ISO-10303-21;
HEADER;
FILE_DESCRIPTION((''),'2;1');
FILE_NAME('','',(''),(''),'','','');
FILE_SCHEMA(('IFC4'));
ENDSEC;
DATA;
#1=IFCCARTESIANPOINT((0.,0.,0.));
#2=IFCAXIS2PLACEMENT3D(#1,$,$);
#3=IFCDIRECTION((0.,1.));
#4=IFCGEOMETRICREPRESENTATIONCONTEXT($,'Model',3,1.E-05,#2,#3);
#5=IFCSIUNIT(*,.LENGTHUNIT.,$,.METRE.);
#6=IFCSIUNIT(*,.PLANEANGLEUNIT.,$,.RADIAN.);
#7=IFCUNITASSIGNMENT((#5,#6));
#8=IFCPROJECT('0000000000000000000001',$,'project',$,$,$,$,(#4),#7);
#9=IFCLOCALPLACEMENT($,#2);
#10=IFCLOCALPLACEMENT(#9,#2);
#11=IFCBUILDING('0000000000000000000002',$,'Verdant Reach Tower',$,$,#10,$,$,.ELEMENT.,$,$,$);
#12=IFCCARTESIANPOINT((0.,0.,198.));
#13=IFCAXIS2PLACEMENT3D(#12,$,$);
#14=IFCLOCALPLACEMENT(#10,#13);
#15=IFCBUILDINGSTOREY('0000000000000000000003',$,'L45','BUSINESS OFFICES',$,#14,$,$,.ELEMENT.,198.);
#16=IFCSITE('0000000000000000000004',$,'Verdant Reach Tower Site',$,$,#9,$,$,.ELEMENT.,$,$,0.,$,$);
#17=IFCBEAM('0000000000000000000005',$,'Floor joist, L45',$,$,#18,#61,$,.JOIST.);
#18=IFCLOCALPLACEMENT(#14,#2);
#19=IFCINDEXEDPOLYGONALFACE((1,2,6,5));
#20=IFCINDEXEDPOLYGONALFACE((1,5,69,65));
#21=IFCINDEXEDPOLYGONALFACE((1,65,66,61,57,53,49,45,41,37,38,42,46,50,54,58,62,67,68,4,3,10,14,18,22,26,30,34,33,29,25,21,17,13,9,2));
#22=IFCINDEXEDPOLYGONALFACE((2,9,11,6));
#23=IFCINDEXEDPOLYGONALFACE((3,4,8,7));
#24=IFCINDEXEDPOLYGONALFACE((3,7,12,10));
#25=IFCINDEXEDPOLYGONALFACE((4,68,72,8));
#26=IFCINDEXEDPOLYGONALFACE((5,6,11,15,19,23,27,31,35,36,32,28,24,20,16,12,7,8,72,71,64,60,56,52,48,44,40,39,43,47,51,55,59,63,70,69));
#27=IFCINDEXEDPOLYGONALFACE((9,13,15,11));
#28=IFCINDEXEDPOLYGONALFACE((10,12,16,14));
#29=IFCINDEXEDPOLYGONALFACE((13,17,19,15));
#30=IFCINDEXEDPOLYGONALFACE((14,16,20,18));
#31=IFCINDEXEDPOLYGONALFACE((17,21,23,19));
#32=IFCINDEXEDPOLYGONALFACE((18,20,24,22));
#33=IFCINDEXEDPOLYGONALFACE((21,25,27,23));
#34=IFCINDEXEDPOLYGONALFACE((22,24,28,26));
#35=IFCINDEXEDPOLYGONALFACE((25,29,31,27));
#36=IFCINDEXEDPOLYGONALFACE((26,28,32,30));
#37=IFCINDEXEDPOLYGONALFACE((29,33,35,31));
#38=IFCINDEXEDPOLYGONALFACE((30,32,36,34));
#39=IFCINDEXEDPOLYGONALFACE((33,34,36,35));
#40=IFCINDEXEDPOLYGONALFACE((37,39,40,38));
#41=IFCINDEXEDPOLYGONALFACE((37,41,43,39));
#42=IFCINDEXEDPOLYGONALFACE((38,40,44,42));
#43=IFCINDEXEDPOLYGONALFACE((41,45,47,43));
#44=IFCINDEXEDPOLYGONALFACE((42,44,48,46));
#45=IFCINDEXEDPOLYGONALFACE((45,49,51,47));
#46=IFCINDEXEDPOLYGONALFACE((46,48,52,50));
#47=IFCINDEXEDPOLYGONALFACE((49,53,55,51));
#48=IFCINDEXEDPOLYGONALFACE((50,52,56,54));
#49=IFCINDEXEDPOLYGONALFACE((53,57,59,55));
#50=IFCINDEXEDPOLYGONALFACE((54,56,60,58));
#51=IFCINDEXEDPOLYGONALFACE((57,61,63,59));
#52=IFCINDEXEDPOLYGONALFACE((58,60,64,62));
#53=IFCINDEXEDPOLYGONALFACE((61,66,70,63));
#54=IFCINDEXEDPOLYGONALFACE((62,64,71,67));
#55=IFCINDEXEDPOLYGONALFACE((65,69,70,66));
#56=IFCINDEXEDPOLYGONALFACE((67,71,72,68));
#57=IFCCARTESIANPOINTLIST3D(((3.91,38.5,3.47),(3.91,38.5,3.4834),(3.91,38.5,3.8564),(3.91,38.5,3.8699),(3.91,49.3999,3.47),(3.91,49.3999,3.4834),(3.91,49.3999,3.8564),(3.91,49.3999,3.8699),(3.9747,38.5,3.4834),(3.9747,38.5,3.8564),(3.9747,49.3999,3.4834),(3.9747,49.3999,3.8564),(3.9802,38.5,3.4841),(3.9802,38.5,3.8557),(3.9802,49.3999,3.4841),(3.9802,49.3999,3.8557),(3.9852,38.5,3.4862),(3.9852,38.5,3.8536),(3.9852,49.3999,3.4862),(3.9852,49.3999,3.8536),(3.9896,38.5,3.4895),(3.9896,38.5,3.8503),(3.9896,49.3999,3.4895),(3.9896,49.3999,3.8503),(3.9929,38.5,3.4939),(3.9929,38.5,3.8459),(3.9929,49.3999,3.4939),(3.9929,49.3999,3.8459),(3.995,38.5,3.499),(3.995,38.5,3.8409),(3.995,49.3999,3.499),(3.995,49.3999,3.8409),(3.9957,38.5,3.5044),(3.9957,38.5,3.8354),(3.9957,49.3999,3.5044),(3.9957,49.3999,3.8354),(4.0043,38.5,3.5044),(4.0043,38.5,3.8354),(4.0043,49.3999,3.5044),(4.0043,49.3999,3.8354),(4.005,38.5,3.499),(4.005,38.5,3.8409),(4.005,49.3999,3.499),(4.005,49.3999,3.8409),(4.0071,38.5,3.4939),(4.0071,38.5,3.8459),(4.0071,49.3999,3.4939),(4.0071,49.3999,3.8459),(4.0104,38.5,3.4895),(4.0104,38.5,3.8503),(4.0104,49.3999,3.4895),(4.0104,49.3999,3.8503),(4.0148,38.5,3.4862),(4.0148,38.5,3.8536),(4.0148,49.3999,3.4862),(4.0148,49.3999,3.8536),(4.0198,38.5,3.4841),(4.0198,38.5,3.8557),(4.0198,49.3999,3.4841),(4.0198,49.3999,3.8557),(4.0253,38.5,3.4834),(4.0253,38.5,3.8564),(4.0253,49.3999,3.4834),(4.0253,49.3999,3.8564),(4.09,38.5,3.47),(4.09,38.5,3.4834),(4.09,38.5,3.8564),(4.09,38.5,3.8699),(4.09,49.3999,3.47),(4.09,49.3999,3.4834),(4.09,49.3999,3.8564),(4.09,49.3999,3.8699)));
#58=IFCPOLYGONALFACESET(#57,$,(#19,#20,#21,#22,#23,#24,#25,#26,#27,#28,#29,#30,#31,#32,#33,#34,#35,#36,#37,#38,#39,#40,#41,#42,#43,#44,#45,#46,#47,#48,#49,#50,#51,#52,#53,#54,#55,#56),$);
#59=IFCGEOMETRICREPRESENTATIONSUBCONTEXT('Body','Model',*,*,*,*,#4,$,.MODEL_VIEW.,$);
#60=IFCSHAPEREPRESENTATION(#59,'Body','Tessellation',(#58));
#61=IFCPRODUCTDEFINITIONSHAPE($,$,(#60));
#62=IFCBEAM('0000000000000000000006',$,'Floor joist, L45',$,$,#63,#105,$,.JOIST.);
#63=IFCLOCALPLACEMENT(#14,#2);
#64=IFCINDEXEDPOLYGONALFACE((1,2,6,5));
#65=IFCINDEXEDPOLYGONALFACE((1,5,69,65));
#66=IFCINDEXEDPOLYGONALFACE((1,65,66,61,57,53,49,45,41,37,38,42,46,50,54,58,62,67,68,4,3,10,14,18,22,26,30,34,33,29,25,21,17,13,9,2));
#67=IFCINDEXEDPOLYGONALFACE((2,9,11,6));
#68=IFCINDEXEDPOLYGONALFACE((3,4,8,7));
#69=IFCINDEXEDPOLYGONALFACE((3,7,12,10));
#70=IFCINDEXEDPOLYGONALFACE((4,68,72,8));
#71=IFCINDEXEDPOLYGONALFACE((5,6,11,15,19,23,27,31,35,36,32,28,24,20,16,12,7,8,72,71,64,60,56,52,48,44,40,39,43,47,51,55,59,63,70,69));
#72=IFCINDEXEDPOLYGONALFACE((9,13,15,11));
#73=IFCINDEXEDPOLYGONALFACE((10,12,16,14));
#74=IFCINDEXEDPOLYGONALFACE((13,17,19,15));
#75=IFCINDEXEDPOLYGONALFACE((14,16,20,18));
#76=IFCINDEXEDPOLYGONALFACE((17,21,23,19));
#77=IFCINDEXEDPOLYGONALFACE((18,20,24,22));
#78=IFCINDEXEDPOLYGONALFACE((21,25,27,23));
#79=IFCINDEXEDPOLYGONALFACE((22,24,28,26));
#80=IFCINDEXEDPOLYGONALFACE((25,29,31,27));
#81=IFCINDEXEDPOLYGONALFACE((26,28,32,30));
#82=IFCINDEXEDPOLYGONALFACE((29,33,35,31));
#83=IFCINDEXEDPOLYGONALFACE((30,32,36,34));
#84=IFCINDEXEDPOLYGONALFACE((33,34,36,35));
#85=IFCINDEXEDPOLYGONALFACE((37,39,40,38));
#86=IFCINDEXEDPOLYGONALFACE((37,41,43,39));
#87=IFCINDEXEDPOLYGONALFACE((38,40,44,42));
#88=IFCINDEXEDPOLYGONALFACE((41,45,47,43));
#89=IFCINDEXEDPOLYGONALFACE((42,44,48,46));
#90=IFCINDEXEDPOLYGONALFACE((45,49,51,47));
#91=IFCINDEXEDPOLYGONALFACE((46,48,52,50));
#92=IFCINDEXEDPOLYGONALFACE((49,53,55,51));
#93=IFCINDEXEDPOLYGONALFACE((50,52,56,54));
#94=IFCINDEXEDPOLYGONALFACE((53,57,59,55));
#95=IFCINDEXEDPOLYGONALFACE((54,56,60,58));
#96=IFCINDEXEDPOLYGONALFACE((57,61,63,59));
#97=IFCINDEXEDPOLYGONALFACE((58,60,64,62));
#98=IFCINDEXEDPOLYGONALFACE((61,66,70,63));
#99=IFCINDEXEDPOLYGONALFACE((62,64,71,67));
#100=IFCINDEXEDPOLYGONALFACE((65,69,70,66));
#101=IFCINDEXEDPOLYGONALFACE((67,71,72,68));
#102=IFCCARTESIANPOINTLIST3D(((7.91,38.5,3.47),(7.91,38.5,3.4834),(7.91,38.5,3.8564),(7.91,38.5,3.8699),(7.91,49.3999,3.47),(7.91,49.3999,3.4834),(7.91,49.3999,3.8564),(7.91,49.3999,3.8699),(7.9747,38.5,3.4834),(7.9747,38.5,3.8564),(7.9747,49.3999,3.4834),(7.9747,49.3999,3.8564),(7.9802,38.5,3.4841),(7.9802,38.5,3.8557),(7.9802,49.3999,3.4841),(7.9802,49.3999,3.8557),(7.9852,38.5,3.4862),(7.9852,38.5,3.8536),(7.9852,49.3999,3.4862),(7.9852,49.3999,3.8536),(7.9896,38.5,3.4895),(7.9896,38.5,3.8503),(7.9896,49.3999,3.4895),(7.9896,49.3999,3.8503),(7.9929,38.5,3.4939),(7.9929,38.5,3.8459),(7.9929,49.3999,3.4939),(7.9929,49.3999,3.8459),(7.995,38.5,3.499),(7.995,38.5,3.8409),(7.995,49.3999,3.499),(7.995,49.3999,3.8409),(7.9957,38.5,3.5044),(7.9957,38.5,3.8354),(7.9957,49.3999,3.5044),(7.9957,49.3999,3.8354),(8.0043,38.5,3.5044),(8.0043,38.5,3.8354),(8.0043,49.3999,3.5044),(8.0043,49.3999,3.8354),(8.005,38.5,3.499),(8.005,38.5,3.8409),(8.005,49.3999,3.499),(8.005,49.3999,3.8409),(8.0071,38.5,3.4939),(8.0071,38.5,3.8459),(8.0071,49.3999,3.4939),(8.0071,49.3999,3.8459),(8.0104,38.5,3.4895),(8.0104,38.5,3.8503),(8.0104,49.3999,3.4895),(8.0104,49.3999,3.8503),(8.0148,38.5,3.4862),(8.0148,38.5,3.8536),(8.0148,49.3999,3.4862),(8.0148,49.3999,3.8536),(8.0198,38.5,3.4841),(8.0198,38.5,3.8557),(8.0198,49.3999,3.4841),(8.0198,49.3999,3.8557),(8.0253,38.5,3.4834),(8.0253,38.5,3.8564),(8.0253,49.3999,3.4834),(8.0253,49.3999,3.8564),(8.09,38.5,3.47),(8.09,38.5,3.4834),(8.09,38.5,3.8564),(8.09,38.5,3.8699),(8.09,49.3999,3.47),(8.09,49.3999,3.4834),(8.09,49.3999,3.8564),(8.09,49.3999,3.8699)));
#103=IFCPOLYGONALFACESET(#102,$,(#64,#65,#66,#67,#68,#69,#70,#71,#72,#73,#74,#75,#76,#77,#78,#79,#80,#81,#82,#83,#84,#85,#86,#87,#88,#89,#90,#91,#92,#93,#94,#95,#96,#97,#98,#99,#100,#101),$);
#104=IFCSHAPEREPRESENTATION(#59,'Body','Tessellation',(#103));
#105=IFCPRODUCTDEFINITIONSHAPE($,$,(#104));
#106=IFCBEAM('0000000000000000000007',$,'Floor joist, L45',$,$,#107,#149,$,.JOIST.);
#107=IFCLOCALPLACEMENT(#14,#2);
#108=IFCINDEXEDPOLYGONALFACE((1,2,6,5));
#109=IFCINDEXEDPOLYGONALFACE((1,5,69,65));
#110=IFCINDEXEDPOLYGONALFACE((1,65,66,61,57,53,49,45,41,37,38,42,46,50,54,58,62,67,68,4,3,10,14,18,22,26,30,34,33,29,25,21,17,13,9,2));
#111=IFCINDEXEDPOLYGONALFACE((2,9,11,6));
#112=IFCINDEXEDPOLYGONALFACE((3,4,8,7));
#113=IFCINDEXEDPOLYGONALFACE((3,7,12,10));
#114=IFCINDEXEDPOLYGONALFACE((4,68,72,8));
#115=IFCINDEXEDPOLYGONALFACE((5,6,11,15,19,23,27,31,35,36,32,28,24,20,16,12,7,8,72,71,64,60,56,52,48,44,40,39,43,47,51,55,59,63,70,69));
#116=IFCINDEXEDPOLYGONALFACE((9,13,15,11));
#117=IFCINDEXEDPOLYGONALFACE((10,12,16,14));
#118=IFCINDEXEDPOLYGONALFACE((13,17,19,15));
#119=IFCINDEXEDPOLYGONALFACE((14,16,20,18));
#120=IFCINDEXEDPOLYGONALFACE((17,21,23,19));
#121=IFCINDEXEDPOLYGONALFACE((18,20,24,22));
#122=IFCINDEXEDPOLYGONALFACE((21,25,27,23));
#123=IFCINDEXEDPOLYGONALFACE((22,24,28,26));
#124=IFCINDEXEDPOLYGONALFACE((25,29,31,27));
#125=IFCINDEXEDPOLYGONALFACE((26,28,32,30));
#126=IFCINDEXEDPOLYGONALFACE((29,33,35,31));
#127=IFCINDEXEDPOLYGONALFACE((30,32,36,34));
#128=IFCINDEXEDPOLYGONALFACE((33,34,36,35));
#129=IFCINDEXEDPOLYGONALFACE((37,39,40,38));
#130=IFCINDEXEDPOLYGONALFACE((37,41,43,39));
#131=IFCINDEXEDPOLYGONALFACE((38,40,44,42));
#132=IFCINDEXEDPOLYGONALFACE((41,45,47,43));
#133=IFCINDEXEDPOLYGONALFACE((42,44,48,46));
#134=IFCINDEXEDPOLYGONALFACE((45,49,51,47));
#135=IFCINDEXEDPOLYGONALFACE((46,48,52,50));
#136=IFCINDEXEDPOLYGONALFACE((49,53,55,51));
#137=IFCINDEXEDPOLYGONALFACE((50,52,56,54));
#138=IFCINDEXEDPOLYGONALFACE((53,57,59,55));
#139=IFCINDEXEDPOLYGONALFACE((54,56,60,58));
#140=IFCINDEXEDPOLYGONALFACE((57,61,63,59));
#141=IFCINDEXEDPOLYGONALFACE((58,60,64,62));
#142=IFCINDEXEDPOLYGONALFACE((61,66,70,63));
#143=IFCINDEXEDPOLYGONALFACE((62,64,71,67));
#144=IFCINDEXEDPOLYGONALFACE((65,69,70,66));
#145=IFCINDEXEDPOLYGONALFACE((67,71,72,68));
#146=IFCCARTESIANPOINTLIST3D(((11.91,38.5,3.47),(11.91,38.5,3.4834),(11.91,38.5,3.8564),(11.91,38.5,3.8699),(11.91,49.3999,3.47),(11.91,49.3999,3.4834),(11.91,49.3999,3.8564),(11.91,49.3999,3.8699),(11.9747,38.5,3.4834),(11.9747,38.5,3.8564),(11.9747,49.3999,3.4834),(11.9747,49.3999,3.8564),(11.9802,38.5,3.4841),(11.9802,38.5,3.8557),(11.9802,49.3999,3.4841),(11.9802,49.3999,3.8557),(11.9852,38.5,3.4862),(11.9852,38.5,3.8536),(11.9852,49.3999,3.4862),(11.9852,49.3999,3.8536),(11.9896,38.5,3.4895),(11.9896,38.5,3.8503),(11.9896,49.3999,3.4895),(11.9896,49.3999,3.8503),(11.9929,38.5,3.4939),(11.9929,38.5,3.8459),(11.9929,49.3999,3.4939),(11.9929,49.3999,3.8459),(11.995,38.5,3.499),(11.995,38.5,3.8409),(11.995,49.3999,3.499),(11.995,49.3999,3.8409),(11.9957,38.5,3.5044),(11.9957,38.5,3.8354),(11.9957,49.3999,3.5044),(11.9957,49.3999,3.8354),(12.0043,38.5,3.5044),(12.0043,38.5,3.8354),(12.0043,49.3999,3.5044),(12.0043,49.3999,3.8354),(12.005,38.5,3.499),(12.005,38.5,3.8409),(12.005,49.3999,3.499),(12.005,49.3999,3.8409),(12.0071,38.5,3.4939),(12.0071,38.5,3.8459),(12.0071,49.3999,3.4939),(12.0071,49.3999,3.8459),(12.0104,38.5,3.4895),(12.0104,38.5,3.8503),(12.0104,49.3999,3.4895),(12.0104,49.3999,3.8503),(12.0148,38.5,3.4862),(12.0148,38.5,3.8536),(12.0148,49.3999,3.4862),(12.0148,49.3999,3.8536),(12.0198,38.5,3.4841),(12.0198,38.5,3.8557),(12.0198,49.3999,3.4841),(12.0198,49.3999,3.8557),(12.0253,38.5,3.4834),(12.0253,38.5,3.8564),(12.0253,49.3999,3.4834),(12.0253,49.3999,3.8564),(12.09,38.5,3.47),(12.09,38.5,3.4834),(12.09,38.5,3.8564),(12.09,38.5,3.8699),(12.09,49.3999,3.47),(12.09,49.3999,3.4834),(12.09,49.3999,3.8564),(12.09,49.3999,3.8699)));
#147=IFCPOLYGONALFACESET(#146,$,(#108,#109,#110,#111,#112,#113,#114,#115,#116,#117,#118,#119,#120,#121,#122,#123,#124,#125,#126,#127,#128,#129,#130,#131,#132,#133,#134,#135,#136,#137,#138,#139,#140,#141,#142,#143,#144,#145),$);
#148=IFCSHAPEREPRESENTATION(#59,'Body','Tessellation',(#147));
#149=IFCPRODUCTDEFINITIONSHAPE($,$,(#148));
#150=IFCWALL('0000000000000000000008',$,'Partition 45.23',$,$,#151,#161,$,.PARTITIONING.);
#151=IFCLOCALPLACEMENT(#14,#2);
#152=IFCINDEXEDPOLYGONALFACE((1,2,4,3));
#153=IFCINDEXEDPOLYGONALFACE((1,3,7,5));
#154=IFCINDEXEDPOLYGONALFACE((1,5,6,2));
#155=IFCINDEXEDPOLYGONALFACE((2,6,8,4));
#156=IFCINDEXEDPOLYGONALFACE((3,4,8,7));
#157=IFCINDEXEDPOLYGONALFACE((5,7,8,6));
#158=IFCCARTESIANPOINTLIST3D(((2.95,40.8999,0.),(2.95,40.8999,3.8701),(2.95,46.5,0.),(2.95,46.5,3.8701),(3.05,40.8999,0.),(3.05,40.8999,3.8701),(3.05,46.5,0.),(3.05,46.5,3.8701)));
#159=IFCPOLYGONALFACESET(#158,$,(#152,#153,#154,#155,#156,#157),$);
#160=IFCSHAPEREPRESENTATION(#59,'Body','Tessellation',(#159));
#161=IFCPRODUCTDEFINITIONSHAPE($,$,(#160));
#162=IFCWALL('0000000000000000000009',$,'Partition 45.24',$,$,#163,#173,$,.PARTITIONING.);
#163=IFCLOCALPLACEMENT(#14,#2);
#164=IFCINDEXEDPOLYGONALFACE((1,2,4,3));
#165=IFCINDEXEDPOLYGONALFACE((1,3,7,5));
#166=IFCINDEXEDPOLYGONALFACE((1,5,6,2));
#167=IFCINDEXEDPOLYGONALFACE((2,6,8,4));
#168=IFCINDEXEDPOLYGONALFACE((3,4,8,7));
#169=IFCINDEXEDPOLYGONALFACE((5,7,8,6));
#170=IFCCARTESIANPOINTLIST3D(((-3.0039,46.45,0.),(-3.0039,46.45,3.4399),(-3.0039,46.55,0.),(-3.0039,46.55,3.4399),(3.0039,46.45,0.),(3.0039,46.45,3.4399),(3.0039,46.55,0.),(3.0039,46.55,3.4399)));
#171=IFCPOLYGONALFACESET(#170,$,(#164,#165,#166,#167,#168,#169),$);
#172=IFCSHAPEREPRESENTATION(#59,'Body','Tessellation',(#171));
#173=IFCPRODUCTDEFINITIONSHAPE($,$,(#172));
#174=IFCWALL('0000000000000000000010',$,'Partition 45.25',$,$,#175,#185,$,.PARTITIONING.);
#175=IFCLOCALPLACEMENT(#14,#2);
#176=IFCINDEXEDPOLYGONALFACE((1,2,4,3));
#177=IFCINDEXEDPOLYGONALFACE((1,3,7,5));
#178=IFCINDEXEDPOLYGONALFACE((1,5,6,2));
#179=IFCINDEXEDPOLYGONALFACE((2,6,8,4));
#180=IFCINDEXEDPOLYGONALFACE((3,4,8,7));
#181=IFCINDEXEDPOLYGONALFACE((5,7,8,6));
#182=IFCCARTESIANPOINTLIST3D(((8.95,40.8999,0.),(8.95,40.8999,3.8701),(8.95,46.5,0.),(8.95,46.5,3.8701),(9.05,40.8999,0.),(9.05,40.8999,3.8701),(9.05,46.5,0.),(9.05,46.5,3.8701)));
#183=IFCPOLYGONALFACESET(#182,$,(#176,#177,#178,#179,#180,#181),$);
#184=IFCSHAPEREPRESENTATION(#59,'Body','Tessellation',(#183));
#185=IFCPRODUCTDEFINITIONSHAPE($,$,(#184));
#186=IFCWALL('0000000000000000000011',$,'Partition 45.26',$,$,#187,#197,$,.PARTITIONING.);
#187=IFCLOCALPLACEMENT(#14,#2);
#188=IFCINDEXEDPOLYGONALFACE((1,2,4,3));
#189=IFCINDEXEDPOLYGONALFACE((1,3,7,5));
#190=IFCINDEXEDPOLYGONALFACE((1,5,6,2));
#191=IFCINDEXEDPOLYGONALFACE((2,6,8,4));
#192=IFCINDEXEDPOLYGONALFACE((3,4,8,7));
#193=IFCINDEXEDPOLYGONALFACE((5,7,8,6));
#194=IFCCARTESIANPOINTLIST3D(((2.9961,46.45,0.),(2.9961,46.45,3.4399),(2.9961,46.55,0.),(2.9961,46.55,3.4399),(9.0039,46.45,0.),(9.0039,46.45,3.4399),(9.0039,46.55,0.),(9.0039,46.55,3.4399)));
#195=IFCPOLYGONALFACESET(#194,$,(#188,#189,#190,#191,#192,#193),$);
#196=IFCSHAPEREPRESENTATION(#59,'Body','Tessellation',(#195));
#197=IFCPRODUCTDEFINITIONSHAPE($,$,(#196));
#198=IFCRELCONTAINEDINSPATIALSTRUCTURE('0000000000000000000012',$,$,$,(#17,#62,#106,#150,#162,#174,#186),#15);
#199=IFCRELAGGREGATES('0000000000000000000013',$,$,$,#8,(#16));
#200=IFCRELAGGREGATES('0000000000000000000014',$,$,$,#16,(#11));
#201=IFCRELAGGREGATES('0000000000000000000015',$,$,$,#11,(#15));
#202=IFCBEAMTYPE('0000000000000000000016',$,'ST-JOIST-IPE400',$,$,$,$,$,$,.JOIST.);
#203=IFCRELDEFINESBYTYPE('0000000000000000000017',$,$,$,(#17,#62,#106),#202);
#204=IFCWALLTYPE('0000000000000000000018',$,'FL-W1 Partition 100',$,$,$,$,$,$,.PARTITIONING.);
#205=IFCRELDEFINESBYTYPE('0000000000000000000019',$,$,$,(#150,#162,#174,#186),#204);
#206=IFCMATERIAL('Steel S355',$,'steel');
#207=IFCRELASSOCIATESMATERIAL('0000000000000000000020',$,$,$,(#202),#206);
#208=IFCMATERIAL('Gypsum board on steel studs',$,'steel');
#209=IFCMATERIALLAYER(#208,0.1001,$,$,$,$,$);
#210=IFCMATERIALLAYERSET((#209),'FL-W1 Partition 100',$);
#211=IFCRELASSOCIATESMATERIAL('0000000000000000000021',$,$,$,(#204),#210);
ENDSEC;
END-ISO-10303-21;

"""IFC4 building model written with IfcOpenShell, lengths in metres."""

from ifc_helpers import new_model, si_unit, direction, frame, frame_2d, origin, origin_2d, place, context, subcontext, project, spatial, rectangle, i_section, extrude, material, layer, layer_set, material_profile, profile_set, type_object, element, save


model = new_model("IFC4")

# Units and contexts
model_context = context("Model", 3, precision=1e-05, world=origin(), true_north=direction((0.0, 1.0)))
body_context = subcontext(model_context, "Body", "Model", "MODEL_VIEW")
ifc_project = project(units=[si_unit("LENGTHUNIT", "METRE"), si_unit("PLANEANGLEUNIT", "RADIAN")], contexts=[model_context])

# Site, building, storey
site_placement = place(None, origin())
site = spatial("IfcSite", under=ifc_project, at=site_placement, Name="Verdant Reach Tower Site", CompositionType="ELEMENT", RefElevation=0.0)
building_placement = place(site_placement, origin())
building = spatial("IfcBuilding", under=site, at=building_placement, Name="Verdant Reach Tower", CompositionType="ELEMENT")
storey_placement = place(building_placement, frame((0.0, 0.0, 198.0)))
storey = spatial("IfcBuildingStorey", under=building, at=storey_placement, Name="L45", Description="BUSINESS OFFICES", CompositionType="ELEMENT", Elevation=198.0)

# Beams
ifc_material_1 = material(Name="Steel S355", Category="steel")
ifc_material_profile_1 = material_profile(ifc_material_1, i_section(OverallWidth=0.1799, OverallDepth=0.3999, WebThickness=0.0085, FlangeThickness=0.0134, FilletRadius=0.021, at=origin_2d()), Name="IPE 400")
ifc_profile_set_1 = profile_set([ifc_material_profile_1], Name="Steel S355")
beam_type_1 = type_object("IfcBeamType", Name="ST-JOIST-IPE400", PredefinedType="JOIST", material=ifc_profile_set_1)
for number, where, z_axis, x_axis, name in (
    (1, (4.0, 38.5, 3.6699), (0.0, 1.0, 0.0), (-1.0, 0.0, 0.0), "Floor joist, L45"),
    (2, (8.0, 38.5, 3.6699), (0.0, 1.0, 0.0), (-1.0, 0.0, 0.0), "Floor joist, L45"),
    (3, (12.0, 38.5, 3.6699), (0.0, 1.0, 0.0), (-1.0, 0.0, 0.0), "Floor joist, L45"),
):
    element("IfcBeam", number, at=place(storey_placement, frame(where, z_axis=z_axis, x_axis=x_axis)), inside=storey, type_object=beam_type_1, Name=name, PredefinedType="JOIST", context=body_context, shape_type="SweptSolid", body=[
        extrude(i_section(OverallWidth=0.1799, OverallDepth=0.3999, WebThickness=0.0085, FlangeThickness=0.0134, FilletRadius=0.021, at=origin_2d()), origin(), (0.0, 0.0, 1.0), 10.8999),
    ])

# Walls
ifc_material_2 = material(Name="Gypsum board on steel studs", Category="steel")
ifc_layer_1 = layer(ifc_material_2, 0.1001)
ifc_layer_set_1 = layer_set([ifc_layer_1], Name="FL-W1 Partition 100")
wall_type_1 = type_object("IfcWallType", Name="FL-W1 Partition 100", PredefinedType="PARTITIONING", material=ifc_layer_set_1)
wall_1_placement = place(storey_placement, frame((3.0, 40.8999, 0.0), z_axis=(0.0, 0.0, 1.0), x_axis=(0.0, 1.0, 0.0)))
element("IfcWall", 4, at=wall_1_placement, inside=storey, type_object=wall_type_1, Name="Partition 45.23", PredefinedType="PARTITIONING", context=body_context, shape_type="SweptSolid", body=[
    extrude(rectangle(XDim=5.6001, YDim=0.1001, at=frame_2d((2.8, 0.0))), origin(), (0.0, 0.0, 1.0), 3.8701),
])
wall_2_placement = place(storey_placement, frame((3.0039, 46.5, 0.0), z_axis=(0.0, 0.0, 1.0), x_axis=(-1.0, 0.0, 0.0)))
element("IfcWall", 5, at=wall_2_placement, inside=storey, type_object=wall_type_1, Name="Partition 45.24", PredefinedType="PARTITIONING", context=body_context, shape_type="SweptSolid", body=[
    extrude(rectangle(XDim=6.0078, YDim=0.1001, at=frame_2d((3.0039, 0.0))), origin(), (0.0, 0.0, 1.0), 3.4399),
])
wall_3_placement = place(storey_placement, frame((9.0, 40.8999, 0.0), z_axis=(0.0, 0.0, 1.0), x_axis=(0.0, 1.0, 0.0)))
element("IfcWall", 6, at=wall_3_placement, inside=storey, type_object=wall_type_1, Name="Partition 45.25", PredefinedType="PARTITIONING", context=body_context, shape_type="SweptSolid", body=[
    extrude(rectangle(XDim=5.6001, YDim=0.1001, at=frame_2d((2.8, 0.0))), origin(), (0.0, 0.0, 1.0), 3.8701),
])
wall_4_placement = place(storey_placement, frame((9.0039, 46.5, 0.0), z_axis=(0.0, 0.0, 1.0), x_axis=(-1.0, 0.0, 0.0)))
element("IfcWall", 7, at=wall_4_placement, inside=storey, type_object=wall_type_1, Name="Partition 45.26", PredefinedType="PARTITIONING", context=body_context, shape_type="SweptSolid", body=[
    extrude(rectangle(XDim=6.0078, YDim=0.1001, at=frame_2d((3.0039, 0.0))), origin(), (0.0, 0.0, 1.0), 3.4399),
])

save(model, "model.ifc")
